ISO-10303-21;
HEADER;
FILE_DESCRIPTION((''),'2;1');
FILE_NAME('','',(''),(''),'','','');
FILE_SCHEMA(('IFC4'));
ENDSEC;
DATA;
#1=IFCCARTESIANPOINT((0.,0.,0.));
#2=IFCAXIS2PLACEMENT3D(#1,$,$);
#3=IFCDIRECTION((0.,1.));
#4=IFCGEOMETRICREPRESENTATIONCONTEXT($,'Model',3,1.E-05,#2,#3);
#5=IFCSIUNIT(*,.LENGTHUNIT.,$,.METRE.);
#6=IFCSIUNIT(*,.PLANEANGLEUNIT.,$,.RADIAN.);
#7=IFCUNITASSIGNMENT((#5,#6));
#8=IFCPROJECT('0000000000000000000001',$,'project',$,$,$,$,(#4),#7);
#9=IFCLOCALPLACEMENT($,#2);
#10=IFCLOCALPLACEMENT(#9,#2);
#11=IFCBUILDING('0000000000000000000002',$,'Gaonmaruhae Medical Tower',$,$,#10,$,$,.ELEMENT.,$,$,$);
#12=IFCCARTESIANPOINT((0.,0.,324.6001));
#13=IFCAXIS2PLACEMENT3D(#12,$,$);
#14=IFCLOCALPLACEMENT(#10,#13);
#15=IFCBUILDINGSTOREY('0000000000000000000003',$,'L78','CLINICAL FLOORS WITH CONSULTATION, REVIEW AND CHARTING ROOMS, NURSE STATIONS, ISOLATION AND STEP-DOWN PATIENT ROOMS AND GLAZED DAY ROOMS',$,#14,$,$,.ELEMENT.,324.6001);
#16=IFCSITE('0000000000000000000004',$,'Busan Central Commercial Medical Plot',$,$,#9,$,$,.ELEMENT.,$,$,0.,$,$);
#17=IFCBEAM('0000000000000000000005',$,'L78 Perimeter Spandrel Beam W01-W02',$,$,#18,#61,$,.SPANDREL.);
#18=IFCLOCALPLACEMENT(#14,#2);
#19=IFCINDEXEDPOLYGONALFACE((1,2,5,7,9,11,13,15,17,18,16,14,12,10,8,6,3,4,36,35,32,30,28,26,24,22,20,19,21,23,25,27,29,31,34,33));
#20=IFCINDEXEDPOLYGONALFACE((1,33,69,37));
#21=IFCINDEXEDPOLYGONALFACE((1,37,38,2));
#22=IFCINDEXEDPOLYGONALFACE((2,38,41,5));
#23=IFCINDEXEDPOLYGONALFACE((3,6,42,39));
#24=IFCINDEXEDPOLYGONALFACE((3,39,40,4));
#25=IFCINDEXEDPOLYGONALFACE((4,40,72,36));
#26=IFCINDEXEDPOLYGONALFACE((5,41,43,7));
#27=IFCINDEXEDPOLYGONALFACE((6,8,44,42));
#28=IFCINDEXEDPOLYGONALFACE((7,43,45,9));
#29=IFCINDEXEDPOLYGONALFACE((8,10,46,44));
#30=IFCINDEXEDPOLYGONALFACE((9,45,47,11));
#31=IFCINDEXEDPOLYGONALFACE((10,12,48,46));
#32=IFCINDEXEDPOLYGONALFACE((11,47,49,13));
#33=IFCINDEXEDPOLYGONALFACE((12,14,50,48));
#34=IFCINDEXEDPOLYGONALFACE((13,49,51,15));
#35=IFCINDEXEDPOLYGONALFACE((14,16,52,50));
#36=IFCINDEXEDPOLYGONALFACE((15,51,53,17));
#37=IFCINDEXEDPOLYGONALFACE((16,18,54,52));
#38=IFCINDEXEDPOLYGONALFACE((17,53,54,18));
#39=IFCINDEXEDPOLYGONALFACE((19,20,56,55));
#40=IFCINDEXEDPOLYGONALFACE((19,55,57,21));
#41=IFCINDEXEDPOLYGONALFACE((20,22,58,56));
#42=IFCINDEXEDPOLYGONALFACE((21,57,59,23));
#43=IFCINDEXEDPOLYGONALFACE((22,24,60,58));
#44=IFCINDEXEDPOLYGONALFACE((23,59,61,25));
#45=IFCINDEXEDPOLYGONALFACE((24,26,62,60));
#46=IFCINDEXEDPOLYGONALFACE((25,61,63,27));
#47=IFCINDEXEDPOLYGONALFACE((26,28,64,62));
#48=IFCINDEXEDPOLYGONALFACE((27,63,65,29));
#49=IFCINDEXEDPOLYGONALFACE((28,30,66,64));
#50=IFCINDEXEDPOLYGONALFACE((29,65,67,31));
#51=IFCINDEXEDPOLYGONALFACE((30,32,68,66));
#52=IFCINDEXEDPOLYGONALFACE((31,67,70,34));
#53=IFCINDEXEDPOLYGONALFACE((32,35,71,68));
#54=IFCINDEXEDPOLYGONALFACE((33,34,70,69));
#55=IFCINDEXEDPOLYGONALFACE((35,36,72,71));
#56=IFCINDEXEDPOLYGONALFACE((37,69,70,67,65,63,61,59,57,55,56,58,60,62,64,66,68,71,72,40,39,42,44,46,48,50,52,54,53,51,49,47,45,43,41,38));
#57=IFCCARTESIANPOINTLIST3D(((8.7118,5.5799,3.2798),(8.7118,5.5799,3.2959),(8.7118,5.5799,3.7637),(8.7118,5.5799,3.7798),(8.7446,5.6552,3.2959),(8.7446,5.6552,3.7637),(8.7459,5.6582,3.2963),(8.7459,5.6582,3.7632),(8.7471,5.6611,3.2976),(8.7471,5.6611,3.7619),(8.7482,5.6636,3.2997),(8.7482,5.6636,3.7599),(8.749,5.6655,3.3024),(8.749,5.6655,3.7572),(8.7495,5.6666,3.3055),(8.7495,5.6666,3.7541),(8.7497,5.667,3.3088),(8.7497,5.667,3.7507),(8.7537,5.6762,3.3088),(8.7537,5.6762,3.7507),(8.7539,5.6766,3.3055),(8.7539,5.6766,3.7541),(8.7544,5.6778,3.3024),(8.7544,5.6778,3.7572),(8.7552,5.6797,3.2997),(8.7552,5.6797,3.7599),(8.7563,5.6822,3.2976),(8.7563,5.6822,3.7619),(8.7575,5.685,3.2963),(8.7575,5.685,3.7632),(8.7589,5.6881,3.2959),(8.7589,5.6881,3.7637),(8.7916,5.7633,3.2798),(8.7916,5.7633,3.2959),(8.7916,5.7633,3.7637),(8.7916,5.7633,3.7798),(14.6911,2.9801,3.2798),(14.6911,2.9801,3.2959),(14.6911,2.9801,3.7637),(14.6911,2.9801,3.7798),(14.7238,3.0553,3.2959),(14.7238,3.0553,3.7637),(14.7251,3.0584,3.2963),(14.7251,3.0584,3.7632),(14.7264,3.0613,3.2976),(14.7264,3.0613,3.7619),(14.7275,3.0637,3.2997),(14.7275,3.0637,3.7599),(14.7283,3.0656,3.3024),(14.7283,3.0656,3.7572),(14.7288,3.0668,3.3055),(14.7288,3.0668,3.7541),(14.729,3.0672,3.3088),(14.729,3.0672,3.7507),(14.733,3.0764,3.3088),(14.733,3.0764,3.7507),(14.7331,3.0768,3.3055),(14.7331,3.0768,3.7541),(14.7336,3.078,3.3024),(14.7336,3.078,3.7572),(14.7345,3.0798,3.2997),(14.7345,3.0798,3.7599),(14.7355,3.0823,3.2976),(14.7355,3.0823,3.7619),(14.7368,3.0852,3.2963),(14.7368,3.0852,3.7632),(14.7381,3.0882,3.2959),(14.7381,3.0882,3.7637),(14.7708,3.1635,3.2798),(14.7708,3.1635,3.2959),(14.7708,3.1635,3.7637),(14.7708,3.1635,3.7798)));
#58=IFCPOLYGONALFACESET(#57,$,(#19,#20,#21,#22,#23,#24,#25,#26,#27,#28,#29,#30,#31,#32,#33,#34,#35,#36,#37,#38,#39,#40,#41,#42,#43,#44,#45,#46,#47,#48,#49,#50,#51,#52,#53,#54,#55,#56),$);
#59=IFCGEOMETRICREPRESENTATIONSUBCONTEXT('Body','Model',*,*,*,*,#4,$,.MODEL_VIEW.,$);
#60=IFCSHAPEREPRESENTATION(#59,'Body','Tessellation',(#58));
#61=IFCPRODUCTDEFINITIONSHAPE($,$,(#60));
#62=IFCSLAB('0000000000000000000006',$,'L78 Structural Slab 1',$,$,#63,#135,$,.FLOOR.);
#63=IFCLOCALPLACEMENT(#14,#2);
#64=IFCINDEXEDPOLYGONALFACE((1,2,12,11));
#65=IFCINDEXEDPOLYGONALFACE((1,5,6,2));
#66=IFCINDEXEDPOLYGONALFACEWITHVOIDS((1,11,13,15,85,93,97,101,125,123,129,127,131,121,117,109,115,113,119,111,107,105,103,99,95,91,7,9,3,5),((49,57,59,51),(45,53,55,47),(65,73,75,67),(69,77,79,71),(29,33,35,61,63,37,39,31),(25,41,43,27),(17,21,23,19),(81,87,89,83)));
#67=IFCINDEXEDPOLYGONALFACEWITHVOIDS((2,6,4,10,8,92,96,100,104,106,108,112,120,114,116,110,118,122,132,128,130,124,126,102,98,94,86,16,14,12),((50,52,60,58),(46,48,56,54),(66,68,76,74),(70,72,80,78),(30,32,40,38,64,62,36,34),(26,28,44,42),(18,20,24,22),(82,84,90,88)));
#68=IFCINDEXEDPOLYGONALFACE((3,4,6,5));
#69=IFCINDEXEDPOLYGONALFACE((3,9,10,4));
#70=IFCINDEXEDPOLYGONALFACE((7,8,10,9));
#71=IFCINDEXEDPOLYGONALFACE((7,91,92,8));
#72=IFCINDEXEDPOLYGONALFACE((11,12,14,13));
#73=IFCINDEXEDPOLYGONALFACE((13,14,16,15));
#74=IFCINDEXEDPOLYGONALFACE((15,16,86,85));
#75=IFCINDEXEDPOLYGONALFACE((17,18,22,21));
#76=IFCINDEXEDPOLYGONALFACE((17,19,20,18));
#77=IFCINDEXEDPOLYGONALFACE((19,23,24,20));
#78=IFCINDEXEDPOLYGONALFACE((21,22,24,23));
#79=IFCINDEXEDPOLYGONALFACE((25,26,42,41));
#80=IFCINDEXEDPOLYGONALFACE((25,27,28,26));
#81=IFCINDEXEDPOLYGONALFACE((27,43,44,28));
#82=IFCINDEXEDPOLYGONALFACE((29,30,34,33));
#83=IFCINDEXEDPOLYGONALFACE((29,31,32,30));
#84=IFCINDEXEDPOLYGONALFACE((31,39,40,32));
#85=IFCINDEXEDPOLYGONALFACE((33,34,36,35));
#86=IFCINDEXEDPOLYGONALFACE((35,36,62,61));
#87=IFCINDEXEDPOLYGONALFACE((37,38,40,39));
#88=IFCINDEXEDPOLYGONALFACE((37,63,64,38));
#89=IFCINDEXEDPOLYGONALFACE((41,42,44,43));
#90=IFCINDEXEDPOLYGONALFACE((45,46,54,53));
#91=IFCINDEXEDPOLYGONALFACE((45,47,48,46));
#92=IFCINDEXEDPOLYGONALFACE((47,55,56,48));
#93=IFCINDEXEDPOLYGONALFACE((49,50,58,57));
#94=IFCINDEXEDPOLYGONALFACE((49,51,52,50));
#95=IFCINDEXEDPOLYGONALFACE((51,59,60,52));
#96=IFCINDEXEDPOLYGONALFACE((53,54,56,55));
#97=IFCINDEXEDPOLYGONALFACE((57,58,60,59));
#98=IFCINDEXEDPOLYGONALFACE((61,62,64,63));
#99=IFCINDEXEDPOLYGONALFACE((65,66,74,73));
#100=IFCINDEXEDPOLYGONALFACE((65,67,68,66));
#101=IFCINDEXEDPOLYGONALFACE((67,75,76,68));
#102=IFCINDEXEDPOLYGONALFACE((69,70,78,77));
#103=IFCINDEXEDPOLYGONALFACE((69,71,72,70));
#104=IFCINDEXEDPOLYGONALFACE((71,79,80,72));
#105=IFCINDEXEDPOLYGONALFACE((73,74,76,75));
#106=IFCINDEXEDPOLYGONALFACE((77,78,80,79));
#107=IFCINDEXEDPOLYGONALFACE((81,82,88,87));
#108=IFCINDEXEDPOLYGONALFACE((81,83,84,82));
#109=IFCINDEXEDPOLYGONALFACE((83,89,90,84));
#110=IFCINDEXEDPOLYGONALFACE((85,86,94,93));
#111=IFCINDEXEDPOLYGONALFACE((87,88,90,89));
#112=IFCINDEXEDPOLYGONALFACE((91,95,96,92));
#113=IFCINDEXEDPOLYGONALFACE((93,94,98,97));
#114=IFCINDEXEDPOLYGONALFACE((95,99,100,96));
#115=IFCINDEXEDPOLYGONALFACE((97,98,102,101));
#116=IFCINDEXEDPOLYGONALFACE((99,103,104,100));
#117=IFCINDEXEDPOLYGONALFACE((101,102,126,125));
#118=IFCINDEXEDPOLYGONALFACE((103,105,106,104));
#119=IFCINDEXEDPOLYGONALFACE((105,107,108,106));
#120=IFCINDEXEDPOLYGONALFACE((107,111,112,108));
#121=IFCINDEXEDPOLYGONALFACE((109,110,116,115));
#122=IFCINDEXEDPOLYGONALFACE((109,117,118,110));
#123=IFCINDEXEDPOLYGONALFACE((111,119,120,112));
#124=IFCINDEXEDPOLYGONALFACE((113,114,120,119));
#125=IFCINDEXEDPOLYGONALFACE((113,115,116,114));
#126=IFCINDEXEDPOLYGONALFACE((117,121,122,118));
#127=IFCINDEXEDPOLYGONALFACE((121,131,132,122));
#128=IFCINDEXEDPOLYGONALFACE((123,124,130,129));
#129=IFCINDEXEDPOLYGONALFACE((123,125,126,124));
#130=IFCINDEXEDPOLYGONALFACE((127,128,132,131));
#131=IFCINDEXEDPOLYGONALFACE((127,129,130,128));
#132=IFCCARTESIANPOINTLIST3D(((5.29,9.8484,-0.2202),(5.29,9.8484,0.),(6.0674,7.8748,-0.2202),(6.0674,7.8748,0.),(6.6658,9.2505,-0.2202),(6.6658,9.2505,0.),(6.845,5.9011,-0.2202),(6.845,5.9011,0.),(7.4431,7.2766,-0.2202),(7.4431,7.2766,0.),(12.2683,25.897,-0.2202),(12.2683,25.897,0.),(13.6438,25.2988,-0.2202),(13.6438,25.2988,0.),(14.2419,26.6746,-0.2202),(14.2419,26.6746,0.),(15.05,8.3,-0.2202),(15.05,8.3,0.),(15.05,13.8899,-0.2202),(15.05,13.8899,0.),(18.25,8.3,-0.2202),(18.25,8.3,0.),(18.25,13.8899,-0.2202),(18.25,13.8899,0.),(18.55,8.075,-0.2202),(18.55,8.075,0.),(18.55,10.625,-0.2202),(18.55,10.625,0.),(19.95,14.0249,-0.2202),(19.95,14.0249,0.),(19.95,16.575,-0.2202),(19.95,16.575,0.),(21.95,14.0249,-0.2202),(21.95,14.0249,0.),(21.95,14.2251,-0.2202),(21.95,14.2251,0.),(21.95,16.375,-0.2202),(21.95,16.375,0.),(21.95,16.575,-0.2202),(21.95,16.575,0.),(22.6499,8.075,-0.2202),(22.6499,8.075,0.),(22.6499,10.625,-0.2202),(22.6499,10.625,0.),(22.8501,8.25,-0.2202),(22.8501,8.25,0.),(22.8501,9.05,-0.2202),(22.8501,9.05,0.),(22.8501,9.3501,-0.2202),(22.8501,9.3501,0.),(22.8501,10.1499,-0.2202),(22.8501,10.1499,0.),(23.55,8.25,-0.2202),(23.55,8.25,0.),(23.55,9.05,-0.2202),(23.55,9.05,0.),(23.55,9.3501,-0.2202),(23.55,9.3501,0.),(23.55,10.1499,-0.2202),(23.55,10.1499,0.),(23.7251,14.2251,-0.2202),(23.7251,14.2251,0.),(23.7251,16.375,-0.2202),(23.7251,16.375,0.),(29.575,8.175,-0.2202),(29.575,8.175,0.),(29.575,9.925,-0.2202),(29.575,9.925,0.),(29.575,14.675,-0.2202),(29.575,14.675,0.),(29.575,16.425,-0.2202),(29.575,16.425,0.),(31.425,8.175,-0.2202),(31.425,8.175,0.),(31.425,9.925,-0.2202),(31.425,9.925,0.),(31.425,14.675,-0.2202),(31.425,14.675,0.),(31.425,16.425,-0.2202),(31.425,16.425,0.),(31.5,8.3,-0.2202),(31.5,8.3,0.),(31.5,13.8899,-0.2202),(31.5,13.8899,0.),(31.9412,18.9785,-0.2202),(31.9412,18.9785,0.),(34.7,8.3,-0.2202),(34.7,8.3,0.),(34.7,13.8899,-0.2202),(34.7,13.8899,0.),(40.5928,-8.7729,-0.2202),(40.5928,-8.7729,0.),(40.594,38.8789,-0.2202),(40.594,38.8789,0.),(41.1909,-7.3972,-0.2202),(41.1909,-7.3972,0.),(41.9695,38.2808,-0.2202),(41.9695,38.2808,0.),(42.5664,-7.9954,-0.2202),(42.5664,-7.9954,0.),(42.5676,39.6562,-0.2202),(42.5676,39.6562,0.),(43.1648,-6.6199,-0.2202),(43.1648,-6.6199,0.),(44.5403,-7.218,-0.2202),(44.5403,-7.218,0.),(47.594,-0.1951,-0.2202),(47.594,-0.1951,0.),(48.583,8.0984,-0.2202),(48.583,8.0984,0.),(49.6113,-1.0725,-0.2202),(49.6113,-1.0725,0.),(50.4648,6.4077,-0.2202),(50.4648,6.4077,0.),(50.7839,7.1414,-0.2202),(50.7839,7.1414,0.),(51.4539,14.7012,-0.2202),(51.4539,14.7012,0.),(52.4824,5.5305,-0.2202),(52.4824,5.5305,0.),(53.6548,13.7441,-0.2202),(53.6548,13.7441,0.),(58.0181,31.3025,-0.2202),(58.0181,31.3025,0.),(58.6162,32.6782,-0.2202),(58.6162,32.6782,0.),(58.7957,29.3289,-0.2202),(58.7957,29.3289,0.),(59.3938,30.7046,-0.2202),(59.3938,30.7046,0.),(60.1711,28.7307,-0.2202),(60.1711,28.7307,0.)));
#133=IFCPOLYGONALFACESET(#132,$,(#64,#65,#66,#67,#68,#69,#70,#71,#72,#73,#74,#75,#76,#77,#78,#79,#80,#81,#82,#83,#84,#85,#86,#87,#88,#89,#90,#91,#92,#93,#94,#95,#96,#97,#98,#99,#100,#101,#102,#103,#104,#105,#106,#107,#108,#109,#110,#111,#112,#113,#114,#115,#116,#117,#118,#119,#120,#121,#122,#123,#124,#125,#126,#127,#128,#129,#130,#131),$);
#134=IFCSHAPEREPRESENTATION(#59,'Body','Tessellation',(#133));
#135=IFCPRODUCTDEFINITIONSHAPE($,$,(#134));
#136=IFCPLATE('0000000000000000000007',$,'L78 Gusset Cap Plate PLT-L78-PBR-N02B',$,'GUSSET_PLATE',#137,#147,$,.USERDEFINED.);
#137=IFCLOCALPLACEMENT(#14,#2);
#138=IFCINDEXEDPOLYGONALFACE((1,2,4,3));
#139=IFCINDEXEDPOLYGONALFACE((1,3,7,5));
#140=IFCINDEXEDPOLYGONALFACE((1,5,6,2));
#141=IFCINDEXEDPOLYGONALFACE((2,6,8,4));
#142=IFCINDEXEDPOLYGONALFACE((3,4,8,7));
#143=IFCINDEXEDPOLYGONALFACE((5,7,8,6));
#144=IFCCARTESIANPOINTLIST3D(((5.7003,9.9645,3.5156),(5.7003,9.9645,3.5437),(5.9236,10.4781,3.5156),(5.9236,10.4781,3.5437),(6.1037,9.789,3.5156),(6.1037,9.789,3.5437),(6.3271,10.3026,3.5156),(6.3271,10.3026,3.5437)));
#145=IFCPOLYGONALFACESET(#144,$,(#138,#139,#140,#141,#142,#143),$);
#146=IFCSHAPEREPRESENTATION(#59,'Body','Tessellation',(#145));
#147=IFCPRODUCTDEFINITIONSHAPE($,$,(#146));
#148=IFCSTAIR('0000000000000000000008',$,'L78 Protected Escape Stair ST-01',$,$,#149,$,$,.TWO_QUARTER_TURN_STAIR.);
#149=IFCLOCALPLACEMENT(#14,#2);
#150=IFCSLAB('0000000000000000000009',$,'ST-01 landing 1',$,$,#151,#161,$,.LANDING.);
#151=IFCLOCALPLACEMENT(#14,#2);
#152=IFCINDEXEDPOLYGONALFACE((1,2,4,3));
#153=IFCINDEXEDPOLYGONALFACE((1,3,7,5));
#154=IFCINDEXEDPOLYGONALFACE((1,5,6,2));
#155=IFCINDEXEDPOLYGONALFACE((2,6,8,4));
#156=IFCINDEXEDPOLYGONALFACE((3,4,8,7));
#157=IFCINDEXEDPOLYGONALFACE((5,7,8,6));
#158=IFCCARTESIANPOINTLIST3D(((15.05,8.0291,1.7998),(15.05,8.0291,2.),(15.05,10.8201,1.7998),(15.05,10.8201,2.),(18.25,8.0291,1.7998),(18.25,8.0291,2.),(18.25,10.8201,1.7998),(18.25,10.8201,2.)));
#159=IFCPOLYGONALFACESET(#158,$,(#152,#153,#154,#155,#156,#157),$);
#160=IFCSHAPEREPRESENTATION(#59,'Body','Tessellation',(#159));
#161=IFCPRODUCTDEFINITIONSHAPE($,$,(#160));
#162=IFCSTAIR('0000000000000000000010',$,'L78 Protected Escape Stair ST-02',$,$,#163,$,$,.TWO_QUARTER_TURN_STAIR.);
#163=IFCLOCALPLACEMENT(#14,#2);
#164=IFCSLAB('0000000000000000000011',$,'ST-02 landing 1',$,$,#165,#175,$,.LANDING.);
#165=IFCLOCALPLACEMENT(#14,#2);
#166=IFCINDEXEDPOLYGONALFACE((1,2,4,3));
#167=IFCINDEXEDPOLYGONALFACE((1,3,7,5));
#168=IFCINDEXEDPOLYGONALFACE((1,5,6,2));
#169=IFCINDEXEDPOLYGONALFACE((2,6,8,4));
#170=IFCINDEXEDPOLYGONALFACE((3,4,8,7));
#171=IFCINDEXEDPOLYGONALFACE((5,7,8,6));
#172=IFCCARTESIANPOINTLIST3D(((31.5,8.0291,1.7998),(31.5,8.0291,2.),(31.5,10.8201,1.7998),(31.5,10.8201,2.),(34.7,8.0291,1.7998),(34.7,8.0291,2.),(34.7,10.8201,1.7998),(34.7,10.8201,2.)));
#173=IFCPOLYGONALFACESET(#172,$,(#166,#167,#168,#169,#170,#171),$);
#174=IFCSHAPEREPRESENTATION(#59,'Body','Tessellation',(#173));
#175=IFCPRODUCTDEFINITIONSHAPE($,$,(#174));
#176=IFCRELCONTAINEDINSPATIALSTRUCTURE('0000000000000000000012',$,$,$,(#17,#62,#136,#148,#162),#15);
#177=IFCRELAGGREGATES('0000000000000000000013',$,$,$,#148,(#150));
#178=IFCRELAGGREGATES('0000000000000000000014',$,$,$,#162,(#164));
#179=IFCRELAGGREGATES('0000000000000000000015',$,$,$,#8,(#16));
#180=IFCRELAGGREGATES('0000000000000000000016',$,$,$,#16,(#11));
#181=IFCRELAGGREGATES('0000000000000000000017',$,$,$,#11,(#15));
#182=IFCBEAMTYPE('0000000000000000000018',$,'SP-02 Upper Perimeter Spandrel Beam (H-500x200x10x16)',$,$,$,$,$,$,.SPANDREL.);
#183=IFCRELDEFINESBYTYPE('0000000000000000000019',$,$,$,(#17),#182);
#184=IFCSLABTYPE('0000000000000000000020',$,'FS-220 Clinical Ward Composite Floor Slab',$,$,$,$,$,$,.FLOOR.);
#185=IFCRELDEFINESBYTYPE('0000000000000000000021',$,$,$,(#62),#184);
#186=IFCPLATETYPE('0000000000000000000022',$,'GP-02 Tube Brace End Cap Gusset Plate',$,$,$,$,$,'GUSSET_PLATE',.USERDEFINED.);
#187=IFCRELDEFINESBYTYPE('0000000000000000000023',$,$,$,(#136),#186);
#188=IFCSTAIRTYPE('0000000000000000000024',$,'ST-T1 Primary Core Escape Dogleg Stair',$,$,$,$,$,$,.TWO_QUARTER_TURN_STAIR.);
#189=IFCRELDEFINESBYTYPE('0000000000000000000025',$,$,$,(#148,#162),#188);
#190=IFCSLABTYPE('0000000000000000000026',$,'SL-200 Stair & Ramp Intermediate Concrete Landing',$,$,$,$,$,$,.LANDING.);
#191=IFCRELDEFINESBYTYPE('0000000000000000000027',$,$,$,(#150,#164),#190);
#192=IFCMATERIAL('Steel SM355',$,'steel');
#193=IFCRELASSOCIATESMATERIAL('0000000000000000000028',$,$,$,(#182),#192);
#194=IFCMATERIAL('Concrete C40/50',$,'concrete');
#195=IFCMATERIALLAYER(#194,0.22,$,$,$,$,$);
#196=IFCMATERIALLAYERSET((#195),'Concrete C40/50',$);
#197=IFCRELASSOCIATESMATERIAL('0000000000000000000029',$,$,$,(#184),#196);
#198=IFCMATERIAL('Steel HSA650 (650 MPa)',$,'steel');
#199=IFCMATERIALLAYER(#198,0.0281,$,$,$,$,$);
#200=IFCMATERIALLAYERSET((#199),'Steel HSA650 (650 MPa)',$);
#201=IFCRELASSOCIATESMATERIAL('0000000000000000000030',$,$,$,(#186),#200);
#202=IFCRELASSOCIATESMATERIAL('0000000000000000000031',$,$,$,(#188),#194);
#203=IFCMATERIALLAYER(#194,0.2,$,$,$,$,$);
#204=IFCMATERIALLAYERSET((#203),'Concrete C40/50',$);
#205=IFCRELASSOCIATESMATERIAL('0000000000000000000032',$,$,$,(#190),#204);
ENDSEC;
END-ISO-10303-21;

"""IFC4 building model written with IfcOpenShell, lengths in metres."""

from ifc_helpers import new_model, si_unit, direction, frame, origin, origin_2d, place, context, subcontext, project, spatial, polyline, rectangle, i_section, outline, extrude, material, layer, layer_set, material_profile, profile_set, type_object, element, aggregate, save


model = new_model("IFC4")

# Units and contexts
model_context = context("Model", 3, precision=1e-05, world=origin(), true_north=direction((0.0, 1.0)))
body_context = subcontext(model_context, "Body", "Model", "MODEL_VIEW")
ifc_project = project(units=[si_unit("LENGTHUNIT", "METRE"), si_unit("PLANEANGLEUNIT", "RADIAN")], contexts=[model_context])

# Site, building, storey
site_placement = place(None, origin())
site = spatial("IfcSite", under=ifc_project, at=site_placement, Name="Busan Central Commercial Medical Plot", CompositionType="ELEMENT", RefElevation=0.0)
building_placement = place(site_placement, origin())
building = spatial("IfcBuilding", under=site, at=building_placement, Name="Gaonmaruhae Medical Tower", CompositionType="ELEMENT")
storey_placement = place(building_placement, frame((0.0, 0.0, 324.6001)))
storey = spatial("IfcBuildingStorey", under=building, at=storey_placement, Name="L78", Description="CLINICAL FLOORS WITH CONSULTATION, REVIEW AND CHARTING ROOMS, NURSE STATIONS, ISOLATION AND STEP-DOWN PATIENT ROOMS AND GLAZED DAY ROOMS", CompositionType="ELEMENT", Elevation=324.6001)

# Beam
ifc_material_1 = material(Name="Steel SM355", Category="steel")
ifc_material_profile_1 = material_profile(ifc_material_1, i_section(OverallWidth=0.2, OverallDepth=0.5, WebThickness=0.01, FlangeThickness=0.0161, FilletRadius=0.0129, at=origin_2d()), Name="H-500x200x10x16")
ifc_profile_set_1 = profile_set([ifc_material_profile_1], Name="Steel SM355")
beam_type_1 = type_object("IfcBeamType", Name="SP-02 Upper Perimeter Spandrel Beam (H-500x200x10x16)", PredefinedType="SPANDREL", material=ifc_profile_set_1)
beam_1_placement = place(storey_placement, frame((8.7517, 5.6716, 3.5298), z_axis=(0.91706, -0.398749, 0.0), x_axis=(0.398749, 0.91706, 0.0)))
element("IfcBeam", 1, at=beam_1_placement, inside=storey, type_object=beam_type_1, Name="L78 Perimeter Spandrel Beam W01-W02", PredefinedType="SPANDREL", context=body_context, shape_type="SweptSolid", body=[
    extrude(i_section(OverallWidth=0.2, OverallDepth=0.5, WebThickness=0.01, FlangeThickness=0.0161, FilletRadius=0.0129, at=origin_2d()), origin(), (0.0, 0.0, 1.0), 6.52),
])

# Slab
ifc_material_2 = material(Name="Concrete C40/50", Category="concrete")
ifc_layer_1 = layer(ifc_material_2, 0.22)
ifc_layer_set_1 = layer_set([ifc_layer_1], Name="Concrete C40/50")
slab_type_1 = type_object("IfcSlabType", Name="FS-220 Clinical Ward Composite Floor Slab", PredefinedType="FLOOR", material=ifc_layer_set_1)
slab_1_placement = place(storey_placement, frame((0.0, 0.0, -0.2202)))
element("IfcSlab", 2, at=slab_1_placement, inside=storey, type_object=slab_type_1, Name="L78 Structural Slab 1", PredefinedType="FLOOR", context=body_context, shape_type="SweptSolid", body=[
    extrude(outline(polyline([(43.1648, -6.6199), (42.5664, -7.9954), (41.1909, -7.3972), (40.5928, -8.7729), (6.845, 5.9011), (7.4431, 7.2766), (6.0674, 7.8748), (6.6658, 9.2505), (5.29, 9.8484), (12.2683, 25.897), (13.6438, 25.2988), (14.2419, 26.6746), (31.9412, 18.9785), (40.594, 38.8789), (41.9695, 38.2808), (42.5676, 39.6562), (58.6162, 32.6782), (58.0181, 31.3025), (59.3938, 30.7046), (58.7957, 29.3289), (60.1711, 28.7307), (53.6548, 13.7441), (51.4539, 14.7012), (48.583, 8.0984), (50.7839, 7.1414), (50.4648, 6.4077), (52.4824, 5.5305), (49.6113, -1.0725), (47.594, -0.1951), (44.5403, -7.218), (43.1648, -6.6199)]), holes=[polyline([(23.55, 8.25), (22.8501, 8.25), (22.8501, 9.05), (23.55, 9.05), (23.55, 8.25)]), polyline([(29.575, 9.925), (31.425, 9.925), (31.425, 8.175), (29.575, 8.175), (29.575, 9.925)]), polyline([(18.55, 10.625), (22.6499, 10.625), (22.6499, 8.075), (18.55, 8.075), (18.55, 10.625)]), polyline([(23.55, 9.3501), (22.8501, 9.3501), (22.8501, 10.1499), (23.55, 10.1499), (23.55, 9.3501)]), polyline([(15.05, 13.8899), (18.25, 13.8899), (18.25, 8.3), (15.05, 8.3), (15.05, 13.8899)]), polyline([(31.5, 13.8899), (34.7, 13.8899), (34.7, 8.3), (31.5, 8.3), (31.5, 13.8899)]), polyline([(23.7251, 14.2251), (21.95, 14.2251), (21.95, 14.0249), (19.95, 14.0249), (19.95, 16.575), (21.95, 16.575), (21.95, 16.375), (23.7251, 16.375), (23.7251, 14.2251)]), polyline([(31.425, 16.425), (31.425, 14.675), (29.575, 14.675), (29.575, 16.425), (31.425, 16.425)])]), origin(), (0.0, 0.0, 1.0), 0.2202),
])

# Plate
ifc_material_3 = material(Name="Steel HSA650 (650 MPa)", Category="steel")
ifc_layer_2 = layer(ifc_material_3, 0.0281)
ifc_layer_set_2 = layer_set([ifc_layer_2], Name="Steel HSA650 (650 MPa)")
plate_type = type_object("IfcPlateType", Name="GP-02 Tube Brace End Cap Gusset Plate", ElementType="GUSSET_PLATE", PredefinedType="USERDEFINED", material=ifc_layer_set_2)
plate_placement = place(storey_placement, frame((6.0137, 10.1335, 3.5156), z_axis=(0.0, 0.0, 1.0), x_axis=(0.398749, 0.91706, 0.0)))
element("IfcPlate", 3, at=plate_placement, inside=storey, type_object=plate_type, Name="L78 Gusset Cap Plate PLT-L78-PBR-N02B", ObjectType="GUSSET_PLATE", PredefinedType="USERDEFINED", context=body_context, shape_type="SweptSolid", body=[
    extrude(rectangle(XDim=0.5601, YDim=0.4399, at=origin_2d()), origin(), (0.0, 0.0, 1.0), 0.0281),
])

# Stairs, slabs
stair_type = type_object("IfcStairType", Name="ST-T1 Primary Core Escape Dogleg Stair", PredefinedType="TWO_QUARTER_TURN_STAIR", material=ifc_material_2)
stair_1_placement = place(storey_placement, origin())
stair_1 = element("IfcStair", 4, at=stair_1_placement, inside=storey, type_object=stair_type, Name="L78 Protected Escape Stair ST-01", PredefinedType="TWO_QUARTER_TURN_STAIR")
ifc_layer_3 = layer(ifc_material_2, 0.2)
ifc_layer_set_3 = layer_set([ifc_layer_3], Name="Concrete C40/50")
slab_type_2 = type_object("IfcSlabType", Name="SL-200 Stair & Ramp Intermediate Concrete Landing", PredefinedType="LANDING", material=ifc_layer_set_3)
slab_2_placement = place(storey_placement, frame((0.0, 0.0, 1.7998)))
slab_2 = element("IfcSlab", 5, at=slab_2_placement, type_object=slab_type_2, Name="ST-01 landing 1", PredefinedType="LANDING", context=body_context, shape_type="SweptSolid", body=[
    extrude(outline(polyline([(15.05, 10.8201), (15.05, 8.0291), (18.25, 8.0291), (18.25, 10.8201), (15.05, 10.8201)])), origin(), (0.0, 0.0, 1.0), 0.2002),
])
aggregate(stair_1, [slab_2])
stair_2_placement = place(storey_placement, origin())
stair_2 = element("IfcStair", 6, at=stair_2_placement, inside=storey, type_object=stair_type, Name="L78 Protected Escape Stair ST-02", PredefinedType="TWO_QUARTER_TURN_STAIR")
slab_3_placement = place(storey_placement, frame((0.0, 0.0, 1.7998)))
slab_3 = element("IfcSlab", 7, at=slab_3_placement, type_object=slab_type_2, Name="ST-02 landing 1", PredefinedType="LANDING", context=body_context, shape_type="SweptSolid", body=[
    extrude(outline(polyline([(31.5, 10.8201), (31.5, 8.0291), (34.7, 8.0291), (34.7, 10.8201), (31.5, 10.8201)])), origin(), (0.0, 0.0, 1.0), 0.2002),
])
aggregate(stair_2, [slab_3])

save(model, "model.ifc")
